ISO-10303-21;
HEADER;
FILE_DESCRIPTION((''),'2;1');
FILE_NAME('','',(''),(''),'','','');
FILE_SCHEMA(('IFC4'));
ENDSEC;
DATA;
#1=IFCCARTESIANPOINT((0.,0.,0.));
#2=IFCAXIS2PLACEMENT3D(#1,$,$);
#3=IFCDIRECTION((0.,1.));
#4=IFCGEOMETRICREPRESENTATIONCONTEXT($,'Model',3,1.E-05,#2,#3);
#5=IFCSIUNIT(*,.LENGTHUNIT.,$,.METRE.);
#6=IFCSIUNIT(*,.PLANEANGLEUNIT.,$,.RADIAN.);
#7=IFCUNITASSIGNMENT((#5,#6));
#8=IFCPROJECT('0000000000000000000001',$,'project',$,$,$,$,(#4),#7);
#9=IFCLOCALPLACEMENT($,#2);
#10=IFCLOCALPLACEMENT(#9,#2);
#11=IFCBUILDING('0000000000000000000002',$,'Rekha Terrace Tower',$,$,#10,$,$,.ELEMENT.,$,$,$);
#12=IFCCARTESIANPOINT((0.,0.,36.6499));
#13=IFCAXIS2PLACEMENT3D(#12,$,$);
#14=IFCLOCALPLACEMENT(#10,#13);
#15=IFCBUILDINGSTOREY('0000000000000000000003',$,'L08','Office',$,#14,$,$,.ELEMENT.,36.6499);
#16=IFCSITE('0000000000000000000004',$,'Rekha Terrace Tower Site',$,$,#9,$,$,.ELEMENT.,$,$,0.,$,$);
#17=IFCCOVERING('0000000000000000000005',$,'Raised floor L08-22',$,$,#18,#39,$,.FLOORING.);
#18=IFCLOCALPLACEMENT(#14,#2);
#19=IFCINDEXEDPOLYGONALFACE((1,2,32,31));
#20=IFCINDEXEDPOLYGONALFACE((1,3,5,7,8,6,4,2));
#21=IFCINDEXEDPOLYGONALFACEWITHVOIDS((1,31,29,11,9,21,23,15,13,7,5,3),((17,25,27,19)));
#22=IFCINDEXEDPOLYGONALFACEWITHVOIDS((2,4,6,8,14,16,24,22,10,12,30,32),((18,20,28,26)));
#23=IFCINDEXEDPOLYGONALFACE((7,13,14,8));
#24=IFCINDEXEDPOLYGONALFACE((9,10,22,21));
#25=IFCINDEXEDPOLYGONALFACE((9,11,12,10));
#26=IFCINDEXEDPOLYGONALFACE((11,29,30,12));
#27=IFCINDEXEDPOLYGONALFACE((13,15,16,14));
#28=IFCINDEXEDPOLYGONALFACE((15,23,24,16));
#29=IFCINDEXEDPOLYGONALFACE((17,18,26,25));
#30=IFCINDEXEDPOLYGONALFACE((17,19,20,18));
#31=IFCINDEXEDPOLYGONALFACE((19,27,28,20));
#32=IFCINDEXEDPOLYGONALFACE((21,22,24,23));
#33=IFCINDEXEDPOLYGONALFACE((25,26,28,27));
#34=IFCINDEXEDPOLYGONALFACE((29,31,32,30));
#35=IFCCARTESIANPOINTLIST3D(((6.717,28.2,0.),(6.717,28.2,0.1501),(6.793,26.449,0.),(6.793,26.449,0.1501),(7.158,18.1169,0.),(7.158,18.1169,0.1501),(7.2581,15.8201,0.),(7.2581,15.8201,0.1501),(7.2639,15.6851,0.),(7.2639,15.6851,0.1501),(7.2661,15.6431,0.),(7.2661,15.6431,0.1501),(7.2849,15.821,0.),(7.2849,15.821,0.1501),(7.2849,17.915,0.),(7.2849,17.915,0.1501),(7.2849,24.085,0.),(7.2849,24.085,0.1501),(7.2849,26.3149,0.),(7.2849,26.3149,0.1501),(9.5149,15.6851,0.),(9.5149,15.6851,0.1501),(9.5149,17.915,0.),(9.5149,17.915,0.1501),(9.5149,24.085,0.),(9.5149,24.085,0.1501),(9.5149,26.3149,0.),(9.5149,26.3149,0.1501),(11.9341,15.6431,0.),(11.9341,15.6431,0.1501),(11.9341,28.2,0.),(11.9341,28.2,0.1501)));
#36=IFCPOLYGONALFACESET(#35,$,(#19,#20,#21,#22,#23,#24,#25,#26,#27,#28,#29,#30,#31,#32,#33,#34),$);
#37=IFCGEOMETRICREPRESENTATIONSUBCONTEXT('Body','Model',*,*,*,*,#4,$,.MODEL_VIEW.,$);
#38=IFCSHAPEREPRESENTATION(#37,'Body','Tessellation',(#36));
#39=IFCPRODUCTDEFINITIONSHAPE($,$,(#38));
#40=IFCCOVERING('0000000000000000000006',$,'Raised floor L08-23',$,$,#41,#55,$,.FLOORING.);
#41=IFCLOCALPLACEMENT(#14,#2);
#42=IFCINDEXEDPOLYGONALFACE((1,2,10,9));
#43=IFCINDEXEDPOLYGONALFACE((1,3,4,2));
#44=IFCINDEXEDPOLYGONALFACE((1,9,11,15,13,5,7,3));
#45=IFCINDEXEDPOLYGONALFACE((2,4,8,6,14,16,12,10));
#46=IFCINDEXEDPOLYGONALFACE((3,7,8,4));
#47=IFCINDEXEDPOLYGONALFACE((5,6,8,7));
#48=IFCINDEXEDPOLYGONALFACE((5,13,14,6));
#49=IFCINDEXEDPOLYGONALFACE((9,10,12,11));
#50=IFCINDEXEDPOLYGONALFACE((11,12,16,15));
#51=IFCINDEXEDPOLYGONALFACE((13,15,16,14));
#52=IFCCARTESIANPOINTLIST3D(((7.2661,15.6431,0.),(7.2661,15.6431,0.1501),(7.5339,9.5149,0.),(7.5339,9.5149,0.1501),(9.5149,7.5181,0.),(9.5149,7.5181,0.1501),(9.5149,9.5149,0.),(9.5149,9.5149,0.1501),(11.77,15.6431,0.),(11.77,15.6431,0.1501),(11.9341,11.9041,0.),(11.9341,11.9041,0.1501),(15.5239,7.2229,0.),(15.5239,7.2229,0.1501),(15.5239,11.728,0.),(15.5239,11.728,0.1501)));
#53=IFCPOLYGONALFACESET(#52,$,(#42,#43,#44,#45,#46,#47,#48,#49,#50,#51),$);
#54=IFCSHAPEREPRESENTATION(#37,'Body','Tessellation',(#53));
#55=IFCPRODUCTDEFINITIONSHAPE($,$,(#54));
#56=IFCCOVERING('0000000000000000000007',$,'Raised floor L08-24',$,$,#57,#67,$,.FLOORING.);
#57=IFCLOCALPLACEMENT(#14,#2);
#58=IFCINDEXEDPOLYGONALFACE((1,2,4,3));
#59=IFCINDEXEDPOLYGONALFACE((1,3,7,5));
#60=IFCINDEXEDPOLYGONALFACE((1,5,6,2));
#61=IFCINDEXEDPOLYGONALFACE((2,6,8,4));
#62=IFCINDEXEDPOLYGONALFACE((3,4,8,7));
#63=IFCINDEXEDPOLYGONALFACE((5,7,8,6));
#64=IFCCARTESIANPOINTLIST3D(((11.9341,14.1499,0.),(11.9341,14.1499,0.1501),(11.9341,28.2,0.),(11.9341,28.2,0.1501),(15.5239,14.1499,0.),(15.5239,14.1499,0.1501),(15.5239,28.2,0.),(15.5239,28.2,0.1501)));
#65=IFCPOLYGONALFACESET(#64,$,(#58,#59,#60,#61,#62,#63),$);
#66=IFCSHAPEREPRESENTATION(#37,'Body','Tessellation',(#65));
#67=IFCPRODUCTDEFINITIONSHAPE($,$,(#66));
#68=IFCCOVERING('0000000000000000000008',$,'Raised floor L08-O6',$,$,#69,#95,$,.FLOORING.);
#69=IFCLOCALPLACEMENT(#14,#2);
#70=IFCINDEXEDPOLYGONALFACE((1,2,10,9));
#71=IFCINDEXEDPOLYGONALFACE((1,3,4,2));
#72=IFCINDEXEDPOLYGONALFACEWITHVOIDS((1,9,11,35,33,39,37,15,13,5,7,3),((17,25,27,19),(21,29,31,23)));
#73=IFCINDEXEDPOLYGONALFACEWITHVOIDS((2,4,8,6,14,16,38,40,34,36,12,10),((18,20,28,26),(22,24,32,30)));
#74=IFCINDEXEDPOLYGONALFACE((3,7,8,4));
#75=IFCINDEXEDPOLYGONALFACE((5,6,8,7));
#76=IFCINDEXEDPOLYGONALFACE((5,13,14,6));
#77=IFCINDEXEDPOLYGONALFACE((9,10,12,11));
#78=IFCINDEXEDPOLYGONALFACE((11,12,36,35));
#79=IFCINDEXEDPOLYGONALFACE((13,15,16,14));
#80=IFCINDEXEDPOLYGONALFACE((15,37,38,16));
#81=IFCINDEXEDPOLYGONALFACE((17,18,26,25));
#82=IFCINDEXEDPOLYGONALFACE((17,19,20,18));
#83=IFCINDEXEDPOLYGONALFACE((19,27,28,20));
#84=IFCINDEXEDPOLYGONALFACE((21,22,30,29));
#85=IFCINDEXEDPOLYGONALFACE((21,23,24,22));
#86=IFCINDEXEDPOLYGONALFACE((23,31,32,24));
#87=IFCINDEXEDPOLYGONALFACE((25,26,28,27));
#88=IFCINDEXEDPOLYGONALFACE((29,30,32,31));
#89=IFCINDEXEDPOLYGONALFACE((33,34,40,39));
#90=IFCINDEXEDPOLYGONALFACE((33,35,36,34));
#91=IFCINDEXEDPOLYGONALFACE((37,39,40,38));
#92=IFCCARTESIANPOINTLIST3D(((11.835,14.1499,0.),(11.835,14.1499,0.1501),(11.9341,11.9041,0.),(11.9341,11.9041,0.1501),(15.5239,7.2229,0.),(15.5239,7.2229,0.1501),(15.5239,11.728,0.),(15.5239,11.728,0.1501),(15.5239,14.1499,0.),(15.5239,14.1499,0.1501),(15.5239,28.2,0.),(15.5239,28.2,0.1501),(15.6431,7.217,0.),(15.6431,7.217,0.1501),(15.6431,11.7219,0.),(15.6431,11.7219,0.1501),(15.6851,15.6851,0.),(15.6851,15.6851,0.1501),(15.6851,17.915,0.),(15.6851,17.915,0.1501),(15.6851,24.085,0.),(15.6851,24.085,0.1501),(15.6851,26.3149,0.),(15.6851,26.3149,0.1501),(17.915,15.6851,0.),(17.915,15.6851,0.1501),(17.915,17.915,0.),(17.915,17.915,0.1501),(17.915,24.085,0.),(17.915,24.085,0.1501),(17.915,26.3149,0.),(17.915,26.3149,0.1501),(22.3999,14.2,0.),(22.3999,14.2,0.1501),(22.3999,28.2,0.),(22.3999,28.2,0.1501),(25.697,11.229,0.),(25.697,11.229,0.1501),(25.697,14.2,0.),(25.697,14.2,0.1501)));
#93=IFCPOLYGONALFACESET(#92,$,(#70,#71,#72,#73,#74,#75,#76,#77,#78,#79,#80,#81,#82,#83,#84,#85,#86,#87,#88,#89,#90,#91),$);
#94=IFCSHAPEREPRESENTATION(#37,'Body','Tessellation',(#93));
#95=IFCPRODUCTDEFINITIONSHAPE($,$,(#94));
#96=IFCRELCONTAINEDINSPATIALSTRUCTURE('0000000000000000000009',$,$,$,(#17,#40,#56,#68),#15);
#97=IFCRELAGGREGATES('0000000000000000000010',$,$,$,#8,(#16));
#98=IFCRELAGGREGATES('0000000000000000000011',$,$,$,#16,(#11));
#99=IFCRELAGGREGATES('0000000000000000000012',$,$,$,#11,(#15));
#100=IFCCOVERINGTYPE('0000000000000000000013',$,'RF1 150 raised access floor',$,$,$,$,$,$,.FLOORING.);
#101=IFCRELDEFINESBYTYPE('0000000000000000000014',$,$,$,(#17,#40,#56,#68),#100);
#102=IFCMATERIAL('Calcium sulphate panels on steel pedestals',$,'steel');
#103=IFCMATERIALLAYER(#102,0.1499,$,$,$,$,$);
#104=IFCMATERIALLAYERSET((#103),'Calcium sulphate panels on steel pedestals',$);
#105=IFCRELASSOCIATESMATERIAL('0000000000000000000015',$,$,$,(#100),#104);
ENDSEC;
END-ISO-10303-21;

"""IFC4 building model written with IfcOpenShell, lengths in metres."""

from ifc_helpers import new_model, si_unit, direction, frame, origin, place, context, subcontext, project, spatial, polyline, outline, extrude, material, layer, layer_set, type_object, element, save


model = new_model("IFC4")

# Units and contexts
model_context = context("Model", 3, precision=1e-05, world=origin(), true_north=direction((0.0, 1.0)))
body_context = subcontext(model_context, "Body", "Model", "MODEL_VIEW")
ifc_project = project(units=[si_unit("LENGTHUNIT", "METRE"), si_unit("PLANEANGLEUNIT", "RADIAN")], contexts=[model_context])

# Site, building, storey
site_placement = place(None, origin())
site = spatial("IfcSite", under=ifc_project, at=site_placement, Name="Rekha Terrace Tower Site", CompositionType="ELEMENT", RefElevation=0.0)
building_placement = place(site_placement, origin())
building = spatial("IfcBuilding", under=site, at=building_placement, Name="Rekha Terrace Tower", CompositionType="ELEMENT")
storey_placement = place(building_placement, frame((0.0, 0.0, 36.6499)))
storey = spatial("IfcBuildingStorey", under=building, at=storey_placement, Name="L08", Description="Office", CompositionType="ELEMENT", Elevation=36.6499)

# Coverings
ifc_material_1 = material(Name="Calcium sulphate panels on steel pedestals", Category="steel")
ifc_layer_1 = layer(ifc_material_1, 0.1499)
ifc_layer_set_1 = layer_set([ifc_layer_1], Name="Calcium sulphate panels on steel pedestals")
covering_type_1 = type_object("IfcCoveringType", Name="RF1 150 raised access floor", PredefinedType="FLOORING", material=ifc_layer_set_1)
covering_1_placement = place(storey_placement, origin())
element("IfcCovering", 1, at=covering_1_placement, inside=storey, type_object=covering_type_1, Name="Raised floor L08-22", PredefinedType="FLOORING", context=body_context, shape_type="SweptSolid", body=[
    extrude(outline(polyline([(7.2581, 15.8201), (7.2849, 15.821), (7.2849, 17.915), (9.5149, 17.915), (9.5149, 15.6851), (7.2639, 15.6851), (7.2661, 15.6431), (11.9341, 15.6431), (11.9341, 28.2), (6.717, 28.2), (6.793, 26.449), (7.158, 18.1169), (7.2581, 15.8201)]), holes=[polyline([(9.5149, 24.085), (7.2849, 24.085), (7.2849, 26.3149), (9.5149, 26.3149), (9.5149, 24.085)])]), origin(), (0.0, 0.0, 1.0), 0.1501),
])
covering_2_placement = place(storey_placement, origin())
element("IfcCovering", 2, at=covering_2_placement, inside=storey, type_object=covering_type_1, Name="Raised floor L08-23", PredefinedType="FLOORING", context=body_context, shape_type="SweptSolid", body=[
    extrude(outline(polyline([(11.9341, 11.9041), (11.77, 15.6431), (7.2661, 15.6431), (7.5339, 9.5149), (9.5149, 9.5149), (9.5149, 7.5181), (15.5239, 7.2229), (15.5239, 11.728), (11.9341, 11.9041)])), origin(), (0.0, 0.0, 1.0), 0.1501),
])
covering_3_placement = place(storey_placement, origin())
element("IfcCovering", 3, at=covering_3_placement, inside=storey, type_object=covering_type_1, Name="Raised floor L08-24", PredefinedType="FLOORING", context=body_context, shape_type="SweptSolid", body=[
    extrude(outline(polyline([(11.9341, 14.1499), (15.5239, 14.1499), (15.5239, 28.2), (11.9341, 28.2), (11.9341, 14.1499)])), origin(), (0.0, 0.0, 1.0), 0.1501),
])
covering_4_placement = place(storey_placement, origin())
element("IfcCovering", 4, at=covering_4_placement, inside=storey, type_object=covering_type_1, Name="Raised floor L08-O6", PredefinedType="FLOORING", context=body_context, shape_type="SweptSolid", body=[
    extrude(outline(polyline([(15.5239, 28.2), (15.5239, 14.1499), (11.835, 14.1499), (11.9341, 11.9041), (15.5239, 11.728), (15.5239, 7.2229), (15.6431, 7.217), (15.6431, 11.7219), (25.697, 11.229), (25.697, 14.2), (22.3999, 14.2), (22.3999, 28.2), (15.5239, 28.2)]), holes=[polyline([(17.915, 15.6851), (15.6851, 15.6851), (15.6851, 17.915), (17.915, 17.915), (17.915, 15.6851)]), polyline([(17.915, 24.085), (15.6851, 24.085), (15.6851, 26.3149), (17.915, 26.3149), (17.915, 24.085)])]), origin(), (0.0, 0.0, 1.0), 0.1501),
])

save(model, "model.ifc")
